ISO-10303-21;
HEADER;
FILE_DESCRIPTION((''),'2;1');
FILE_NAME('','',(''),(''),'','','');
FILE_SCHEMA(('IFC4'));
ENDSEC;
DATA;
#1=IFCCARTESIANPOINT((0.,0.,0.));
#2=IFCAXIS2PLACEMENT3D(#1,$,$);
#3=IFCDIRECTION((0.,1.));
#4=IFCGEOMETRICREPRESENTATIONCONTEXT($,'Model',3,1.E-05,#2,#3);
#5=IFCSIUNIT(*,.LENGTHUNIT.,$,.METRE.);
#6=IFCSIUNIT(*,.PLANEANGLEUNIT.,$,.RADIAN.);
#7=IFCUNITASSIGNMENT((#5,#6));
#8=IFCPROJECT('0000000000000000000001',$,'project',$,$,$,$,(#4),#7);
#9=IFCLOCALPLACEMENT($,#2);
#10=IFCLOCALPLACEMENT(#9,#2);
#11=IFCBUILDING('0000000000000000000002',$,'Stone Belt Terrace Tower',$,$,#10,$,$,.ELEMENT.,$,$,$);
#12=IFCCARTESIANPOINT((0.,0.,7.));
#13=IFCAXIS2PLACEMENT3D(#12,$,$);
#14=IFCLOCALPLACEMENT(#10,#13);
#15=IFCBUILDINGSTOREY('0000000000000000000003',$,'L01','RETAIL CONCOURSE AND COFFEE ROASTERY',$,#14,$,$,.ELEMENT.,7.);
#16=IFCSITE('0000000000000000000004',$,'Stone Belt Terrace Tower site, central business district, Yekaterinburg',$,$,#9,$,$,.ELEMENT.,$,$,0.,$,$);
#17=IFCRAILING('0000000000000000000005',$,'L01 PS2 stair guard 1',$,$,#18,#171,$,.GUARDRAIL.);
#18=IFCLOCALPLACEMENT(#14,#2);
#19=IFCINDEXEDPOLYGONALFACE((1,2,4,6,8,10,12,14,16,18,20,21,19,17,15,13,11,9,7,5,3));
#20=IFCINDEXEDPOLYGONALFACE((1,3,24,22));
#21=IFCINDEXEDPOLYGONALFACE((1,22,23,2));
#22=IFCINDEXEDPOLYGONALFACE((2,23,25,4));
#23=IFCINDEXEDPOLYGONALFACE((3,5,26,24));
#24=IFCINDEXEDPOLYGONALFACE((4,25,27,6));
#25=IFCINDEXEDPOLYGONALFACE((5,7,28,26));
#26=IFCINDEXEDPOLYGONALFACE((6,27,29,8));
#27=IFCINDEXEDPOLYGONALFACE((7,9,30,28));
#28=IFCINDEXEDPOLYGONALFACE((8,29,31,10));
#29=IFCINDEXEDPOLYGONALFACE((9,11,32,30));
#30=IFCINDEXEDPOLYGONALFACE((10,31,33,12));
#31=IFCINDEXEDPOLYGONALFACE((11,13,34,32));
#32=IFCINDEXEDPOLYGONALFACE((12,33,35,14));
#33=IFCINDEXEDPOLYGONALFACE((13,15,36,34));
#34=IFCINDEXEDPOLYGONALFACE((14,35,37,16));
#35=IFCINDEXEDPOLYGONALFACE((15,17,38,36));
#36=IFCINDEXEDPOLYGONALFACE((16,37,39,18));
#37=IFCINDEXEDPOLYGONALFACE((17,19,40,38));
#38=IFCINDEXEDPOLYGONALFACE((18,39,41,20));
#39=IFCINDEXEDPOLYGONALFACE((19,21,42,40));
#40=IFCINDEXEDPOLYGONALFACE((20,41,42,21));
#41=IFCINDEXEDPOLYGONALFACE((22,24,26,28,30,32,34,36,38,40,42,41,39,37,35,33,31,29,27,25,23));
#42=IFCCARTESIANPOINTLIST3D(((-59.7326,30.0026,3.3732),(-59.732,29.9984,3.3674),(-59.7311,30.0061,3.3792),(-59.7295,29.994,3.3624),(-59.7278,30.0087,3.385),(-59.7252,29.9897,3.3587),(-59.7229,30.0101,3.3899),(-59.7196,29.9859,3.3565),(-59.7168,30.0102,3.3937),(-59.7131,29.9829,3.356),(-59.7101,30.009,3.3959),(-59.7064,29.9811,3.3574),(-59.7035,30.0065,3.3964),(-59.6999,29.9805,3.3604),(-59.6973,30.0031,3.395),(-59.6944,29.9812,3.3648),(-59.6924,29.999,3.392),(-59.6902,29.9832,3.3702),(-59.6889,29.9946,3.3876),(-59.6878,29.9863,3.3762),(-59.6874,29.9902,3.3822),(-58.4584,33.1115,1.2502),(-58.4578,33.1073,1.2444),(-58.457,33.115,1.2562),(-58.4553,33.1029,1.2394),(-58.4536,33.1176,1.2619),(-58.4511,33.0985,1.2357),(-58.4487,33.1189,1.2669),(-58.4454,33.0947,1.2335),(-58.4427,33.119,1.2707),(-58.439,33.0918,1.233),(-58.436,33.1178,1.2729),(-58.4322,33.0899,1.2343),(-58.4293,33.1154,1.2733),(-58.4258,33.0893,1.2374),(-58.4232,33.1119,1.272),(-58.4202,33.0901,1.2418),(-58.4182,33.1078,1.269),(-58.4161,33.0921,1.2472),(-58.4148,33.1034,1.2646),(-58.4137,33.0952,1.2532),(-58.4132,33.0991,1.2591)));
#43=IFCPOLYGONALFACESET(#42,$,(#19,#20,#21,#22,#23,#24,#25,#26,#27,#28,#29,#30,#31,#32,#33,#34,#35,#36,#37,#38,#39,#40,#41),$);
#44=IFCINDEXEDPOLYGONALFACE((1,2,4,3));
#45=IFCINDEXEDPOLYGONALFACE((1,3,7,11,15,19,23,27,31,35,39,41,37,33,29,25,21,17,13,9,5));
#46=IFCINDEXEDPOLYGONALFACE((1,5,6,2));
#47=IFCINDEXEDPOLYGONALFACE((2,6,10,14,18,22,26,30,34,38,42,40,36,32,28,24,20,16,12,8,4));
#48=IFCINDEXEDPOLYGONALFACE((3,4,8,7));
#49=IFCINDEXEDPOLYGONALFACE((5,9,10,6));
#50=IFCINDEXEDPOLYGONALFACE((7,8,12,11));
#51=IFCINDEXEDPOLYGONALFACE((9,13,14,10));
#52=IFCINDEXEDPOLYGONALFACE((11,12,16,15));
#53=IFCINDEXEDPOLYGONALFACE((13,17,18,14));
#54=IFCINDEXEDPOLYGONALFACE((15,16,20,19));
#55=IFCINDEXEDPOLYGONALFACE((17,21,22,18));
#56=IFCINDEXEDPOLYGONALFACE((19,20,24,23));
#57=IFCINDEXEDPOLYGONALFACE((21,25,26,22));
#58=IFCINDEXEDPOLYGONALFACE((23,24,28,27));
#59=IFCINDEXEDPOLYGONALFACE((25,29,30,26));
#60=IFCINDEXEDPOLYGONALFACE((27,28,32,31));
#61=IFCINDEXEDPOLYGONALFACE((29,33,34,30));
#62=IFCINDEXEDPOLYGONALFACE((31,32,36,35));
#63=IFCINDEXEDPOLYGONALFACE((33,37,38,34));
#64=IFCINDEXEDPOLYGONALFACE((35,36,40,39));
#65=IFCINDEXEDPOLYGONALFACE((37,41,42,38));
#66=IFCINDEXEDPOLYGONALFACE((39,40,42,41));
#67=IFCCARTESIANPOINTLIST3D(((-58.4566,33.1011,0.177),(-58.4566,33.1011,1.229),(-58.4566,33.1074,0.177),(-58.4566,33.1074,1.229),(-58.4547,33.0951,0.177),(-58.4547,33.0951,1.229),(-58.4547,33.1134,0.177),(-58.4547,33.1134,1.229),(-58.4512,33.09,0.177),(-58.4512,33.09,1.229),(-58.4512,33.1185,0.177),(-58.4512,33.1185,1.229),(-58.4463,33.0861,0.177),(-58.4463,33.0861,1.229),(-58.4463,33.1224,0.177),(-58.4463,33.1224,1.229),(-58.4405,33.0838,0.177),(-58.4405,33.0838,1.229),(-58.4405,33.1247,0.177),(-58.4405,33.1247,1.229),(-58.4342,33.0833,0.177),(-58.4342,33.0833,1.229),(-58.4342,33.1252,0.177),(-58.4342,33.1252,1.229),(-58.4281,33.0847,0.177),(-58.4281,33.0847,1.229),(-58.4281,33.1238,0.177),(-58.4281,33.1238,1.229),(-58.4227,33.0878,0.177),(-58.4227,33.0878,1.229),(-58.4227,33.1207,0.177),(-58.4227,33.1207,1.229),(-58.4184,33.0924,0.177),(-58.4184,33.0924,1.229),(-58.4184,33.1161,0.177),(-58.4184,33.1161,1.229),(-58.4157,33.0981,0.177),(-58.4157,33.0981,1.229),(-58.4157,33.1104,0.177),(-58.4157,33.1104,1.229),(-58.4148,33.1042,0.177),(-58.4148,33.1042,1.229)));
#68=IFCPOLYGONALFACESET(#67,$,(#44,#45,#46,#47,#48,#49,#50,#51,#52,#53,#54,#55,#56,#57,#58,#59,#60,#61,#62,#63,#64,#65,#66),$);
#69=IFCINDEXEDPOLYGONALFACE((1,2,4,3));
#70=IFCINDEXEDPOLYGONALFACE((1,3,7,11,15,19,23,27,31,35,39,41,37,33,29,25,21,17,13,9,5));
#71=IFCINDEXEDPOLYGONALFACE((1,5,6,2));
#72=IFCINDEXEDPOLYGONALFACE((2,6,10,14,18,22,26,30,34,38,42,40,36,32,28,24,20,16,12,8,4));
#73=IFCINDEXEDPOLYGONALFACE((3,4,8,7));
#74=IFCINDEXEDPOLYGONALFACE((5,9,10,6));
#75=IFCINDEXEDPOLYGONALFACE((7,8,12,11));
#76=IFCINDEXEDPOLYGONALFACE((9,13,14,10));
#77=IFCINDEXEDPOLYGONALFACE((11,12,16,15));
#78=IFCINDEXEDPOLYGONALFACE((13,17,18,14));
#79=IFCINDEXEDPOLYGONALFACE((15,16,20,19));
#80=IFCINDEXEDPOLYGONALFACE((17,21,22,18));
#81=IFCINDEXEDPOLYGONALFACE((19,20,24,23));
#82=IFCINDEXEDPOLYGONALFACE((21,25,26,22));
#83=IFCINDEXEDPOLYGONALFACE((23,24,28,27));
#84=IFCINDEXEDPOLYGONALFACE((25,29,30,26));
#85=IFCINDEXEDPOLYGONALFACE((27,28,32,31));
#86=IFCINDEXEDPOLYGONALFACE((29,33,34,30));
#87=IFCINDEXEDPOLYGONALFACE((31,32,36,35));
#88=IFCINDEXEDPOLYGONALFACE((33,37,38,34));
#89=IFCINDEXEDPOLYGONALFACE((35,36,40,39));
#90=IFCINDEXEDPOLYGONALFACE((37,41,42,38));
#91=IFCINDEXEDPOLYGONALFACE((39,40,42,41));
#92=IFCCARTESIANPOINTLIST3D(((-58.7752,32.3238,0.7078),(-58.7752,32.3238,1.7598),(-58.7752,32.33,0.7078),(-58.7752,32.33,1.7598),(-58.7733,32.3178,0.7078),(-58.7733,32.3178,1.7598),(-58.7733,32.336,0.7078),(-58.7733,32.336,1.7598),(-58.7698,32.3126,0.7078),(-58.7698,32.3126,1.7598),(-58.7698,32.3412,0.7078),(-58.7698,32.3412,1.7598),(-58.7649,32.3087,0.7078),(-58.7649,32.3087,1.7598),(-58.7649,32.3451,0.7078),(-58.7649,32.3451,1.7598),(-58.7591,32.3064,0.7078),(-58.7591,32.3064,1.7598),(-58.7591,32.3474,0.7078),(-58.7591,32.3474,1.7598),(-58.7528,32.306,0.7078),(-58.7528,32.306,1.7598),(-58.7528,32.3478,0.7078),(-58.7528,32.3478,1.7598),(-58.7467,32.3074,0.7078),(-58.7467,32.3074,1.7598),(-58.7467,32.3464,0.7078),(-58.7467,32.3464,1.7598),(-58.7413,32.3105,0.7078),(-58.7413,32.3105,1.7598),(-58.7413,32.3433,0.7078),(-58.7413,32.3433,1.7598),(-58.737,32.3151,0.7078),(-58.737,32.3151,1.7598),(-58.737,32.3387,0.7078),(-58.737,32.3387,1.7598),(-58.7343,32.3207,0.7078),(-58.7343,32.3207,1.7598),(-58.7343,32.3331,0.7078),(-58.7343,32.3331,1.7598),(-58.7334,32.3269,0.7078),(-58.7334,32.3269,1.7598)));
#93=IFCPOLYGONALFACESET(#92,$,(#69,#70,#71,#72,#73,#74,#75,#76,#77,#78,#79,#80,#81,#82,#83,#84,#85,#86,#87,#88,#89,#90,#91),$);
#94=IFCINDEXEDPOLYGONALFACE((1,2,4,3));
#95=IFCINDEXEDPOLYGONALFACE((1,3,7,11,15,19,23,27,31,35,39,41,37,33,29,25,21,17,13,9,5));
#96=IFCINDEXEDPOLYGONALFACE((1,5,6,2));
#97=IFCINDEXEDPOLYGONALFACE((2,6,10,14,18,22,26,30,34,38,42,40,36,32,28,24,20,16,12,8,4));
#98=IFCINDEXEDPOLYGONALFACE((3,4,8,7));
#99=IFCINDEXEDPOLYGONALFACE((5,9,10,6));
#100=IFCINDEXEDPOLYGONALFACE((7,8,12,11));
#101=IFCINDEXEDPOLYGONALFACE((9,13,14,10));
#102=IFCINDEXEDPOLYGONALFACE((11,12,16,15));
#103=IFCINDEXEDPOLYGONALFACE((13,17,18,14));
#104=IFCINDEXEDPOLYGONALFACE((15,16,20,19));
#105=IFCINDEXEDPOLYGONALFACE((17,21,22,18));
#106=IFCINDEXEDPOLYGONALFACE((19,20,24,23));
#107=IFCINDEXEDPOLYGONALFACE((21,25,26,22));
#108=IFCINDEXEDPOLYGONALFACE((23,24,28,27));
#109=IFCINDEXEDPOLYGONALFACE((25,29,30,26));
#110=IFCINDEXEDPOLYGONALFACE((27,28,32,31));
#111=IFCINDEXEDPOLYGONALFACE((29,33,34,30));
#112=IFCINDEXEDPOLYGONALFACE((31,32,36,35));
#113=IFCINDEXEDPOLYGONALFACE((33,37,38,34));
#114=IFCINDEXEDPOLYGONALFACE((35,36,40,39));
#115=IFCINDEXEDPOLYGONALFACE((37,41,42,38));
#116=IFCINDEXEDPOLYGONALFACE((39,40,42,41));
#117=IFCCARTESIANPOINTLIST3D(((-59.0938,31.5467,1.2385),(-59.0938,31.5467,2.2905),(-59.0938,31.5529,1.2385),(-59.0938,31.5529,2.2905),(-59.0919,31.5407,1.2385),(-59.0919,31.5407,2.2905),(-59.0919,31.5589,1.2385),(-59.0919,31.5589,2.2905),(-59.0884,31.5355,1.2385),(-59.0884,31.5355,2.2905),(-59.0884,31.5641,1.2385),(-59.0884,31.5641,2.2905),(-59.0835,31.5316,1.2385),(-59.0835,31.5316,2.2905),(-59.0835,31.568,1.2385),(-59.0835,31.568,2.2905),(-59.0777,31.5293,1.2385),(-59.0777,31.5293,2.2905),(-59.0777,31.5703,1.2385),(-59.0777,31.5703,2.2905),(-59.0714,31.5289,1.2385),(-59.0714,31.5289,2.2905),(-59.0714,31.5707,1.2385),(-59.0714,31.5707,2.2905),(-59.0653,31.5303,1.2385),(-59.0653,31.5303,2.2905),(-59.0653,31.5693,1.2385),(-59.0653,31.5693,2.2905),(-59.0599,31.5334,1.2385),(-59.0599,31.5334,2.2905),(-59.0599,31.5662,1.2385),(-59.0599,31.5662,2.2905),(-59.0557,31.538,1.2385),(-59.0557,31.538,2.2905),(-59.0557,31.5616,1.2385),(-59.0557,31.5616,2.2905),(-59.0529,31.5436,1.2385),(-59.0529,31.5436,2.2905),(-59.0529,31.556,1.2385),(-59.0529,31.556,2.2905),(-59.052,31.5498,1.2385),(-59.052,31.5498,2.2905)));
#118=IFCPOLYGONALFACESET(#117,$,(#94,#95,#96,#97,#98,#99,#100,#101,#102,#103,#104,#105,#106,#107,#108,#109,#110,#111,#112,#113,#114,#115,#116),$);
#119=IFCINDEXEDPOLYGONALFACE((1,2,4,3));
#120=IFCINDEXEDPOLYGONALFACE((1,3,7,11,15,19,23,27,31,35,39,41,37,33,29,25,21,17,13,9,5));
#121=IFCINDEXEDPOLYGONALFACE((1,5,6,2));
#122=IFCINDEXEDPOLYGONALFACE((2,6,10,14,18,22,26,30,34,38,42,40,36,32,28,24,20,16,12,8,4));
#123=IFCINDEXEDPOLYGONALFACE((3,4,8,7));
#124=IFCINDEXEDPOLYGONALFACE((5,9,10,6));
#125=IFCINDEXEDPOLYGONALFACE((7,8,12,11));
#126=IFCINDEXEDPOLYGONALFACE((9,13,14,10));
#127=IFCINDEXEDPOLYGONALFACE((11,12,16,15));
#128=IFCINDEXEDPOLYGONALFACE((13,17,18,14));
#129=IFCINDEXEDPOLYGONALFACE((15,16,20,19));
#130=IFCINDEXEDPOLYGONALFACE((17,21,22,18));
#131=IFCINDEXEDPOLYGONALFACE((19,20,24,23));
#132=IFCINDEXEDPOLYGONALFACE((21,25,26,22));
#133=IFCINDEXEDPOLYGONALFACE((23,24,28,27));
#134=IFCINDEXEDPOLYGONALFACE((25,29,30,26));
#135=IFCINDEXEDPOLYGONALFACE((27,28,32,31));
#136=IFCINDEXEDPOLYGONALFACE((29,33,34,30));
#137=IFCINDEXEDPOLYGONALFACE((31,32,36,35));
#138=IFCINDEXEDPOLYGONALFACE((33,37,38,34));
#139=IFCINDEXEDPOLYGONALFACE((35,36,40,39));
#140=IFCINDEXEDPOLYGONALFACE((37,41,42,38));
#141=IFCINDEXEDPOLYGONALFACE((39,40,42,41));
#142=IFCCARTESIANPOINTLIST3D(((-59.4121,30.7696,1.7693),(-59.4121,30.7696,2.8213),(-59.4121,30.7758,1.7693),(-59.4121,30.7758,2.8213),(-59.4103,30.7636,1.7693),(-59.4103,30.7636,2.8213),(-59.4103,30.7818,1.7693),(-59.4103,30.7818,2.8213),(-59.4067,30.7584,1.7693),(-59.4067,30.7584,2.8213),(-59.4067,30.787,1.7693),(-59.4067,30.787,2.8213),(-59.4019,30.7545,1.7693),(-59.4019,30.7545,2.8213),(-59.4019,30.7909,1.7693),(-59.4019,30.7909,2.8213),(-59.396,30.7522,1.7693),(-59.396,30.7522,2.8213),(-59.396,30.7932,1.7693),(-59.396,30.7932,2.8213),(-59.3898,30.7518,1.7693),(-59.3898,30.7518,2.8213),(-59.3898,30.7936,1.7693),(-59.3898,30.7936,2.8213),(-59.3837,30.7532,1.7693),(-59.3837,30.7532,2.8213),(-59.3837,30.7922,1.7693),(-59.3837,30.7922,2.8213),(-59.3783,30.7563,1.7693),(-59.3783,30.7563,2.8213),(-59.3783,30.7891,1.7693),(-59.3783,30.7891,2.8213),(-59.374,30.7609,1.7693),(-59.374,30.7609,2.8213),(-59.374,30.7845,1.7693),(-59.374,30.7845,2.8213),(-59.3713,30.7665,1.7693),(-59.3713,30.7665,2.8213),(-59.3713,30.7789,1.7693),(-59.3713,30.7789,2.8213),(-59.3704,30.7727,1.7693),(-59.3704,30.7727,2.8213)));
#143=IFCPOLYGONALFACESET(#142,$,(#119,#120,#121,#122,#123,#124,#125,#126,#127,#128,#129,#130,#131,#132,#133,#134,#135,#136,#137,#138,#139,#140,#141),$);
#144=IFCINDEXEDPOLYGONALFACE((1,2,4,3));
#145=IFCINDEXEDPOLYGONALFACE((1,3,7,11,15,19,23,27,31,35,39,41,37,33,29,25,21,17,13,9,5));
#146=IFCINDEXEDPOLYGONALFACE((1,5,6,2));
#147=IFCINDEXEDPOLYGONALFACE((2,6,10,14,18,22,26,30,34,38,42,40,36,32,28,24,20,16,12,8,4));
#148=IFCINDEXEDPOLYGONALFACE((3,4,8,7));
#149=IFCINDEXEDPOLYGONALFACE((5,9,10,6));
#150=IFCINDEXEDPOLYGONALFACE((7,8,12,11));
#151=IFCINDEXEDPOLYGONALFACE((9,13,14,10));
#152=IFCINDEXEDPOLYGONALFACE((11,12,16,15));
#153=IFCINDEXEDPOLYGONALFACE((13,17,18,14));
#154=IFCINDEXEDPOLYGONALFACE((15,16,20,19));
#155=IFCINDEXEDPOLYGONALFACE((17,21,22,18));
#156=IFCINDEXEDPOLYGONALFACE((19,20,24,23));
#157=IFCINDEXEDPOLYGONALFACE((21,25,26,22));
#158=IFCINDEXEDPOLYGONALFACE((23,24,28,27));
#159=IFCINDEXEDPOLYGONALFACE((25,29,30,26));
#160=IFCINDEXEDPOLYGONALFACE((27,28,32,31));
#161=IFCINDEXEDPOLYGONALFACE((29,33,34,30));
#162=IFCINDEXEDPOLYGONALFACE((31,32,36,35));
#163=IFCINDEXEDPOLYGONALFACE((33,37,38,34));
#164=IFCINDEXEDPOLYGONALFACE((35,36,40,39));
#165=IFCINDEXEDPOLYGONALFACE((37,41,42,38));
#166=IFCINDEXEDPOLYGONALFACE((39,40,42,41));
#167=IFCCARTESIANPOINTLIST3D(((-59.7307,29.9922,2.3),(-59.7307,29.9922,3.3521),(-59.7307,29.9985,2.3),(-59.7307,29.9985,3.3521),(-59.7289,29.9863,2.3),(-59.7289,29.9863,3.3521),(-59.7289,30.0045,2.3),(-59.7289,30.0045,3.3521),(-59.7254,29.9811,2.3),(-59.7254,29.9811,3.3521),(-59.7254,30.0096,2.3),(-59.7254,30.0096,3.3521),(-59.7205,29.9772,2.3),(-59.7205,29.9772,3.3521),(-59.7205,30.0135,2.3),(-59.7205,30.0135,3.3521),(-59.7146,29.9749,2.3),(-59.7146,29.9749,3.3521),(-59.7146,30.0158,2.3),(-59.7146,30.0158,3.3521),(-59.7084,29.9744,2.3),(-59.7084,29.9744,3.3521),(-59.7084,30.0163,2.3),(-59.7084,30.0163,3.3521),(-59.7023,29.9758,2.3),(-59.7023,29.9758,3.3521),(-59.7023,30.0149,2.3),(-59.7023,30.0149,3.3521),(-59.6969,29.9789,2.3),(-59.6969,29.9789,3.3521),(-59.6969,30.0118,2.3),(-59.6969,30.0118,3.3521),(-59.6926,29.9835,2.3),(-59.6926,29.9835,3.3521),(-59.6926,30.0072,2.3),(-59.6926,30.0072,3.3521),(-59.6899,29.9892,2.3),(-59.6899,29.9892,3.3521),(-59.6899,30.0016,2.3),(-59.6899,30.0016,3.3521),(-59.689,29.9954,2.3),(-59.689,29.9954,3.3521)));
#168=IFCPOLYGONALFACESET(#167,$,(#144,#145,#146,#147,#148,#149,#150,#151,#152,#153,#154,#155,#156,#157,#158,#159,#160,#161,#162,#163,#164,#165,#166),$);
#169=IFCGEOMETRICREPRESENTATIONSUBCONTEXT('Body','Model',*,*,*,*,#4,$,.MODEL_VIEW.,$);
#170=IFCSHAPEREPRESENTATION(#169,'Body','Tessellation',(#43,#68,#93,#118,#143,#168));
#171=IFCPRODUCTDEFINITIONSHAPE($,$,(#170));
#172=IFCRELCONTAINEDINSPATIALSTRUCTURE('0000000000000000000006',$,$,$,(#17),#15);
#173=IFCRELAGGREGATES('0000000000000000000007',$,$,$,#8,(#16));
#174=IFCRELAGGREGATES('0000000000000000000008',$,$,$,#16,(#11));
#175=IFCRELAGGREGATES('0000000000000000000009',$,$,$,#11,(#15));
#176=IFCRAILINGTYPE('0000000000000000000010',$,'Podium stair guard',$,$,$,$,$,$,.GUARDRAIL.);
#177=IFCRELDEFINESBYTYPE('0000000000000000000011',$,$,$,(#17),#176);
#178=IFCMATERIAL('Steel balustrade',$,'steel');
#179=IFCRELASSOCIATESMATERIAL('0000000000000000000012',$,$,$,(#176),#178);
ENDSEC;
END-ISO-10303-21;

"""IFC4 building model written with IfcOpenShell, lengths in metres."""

from ifc_helpers import new_model, si_unit, direction, frame, origin, origin_2d, place, context, subcontext, project, spatial, circle, extrude, material, type_object, element, save


model = new_model("IFC4")

# Units and contexts
model_context = context("Model", 3, precision=1e-05, world=origin(), true_north=direction((0.0, 1.0)))
body_context = subcontext(model_context, "Body", "Model", "MODEL_VIEW")
ifc_project = project(units=[si_unit("LENGTHUNIT", "METRE"), si_unit("PLANEANGLEUNIT", "RADIAN")], contexts=[model_context])

# Site, building, storey
site_placement = place(None, origin())
site = spatial("IfcSite", under=ifc_project, at=site_placement, Name="Stone Belt Terrace Tower site, central business district, Yekaterinburg", CompositionType="ELEMENT", RefElevation=0.0)
building_placement = place(site_placement, origin())
building = spatial("IfcBuilding", under=site, at=building_placement, Name="Stone Belt Terrace Tower", CompositionType="ELEMENT")
storey_placement = place(building_placement, frame((0.0, 0.0, 7.0)))
storey = spatial("IfcBuildingStorey", under=building, at=storey_placement, Name="L01", Description="RETAIL CONCOURSE AND COFFEE ROASTERY", CompositionType="ELEMENT", Elevation=7.0)

# Railing
ifc_material_1 = material(Name="Steel balustrade", Category="steel")
railing_type_1 = type_object("IfcRailingType", Name="Podium stair guard", PredefinedType="GUARDRAIL", material=ifc_material_1)
railing_1_placement = place(storey_placement, frame((-58.4358, 33.1042, 0.177)))
element("IfcRailing", 1, at=railing_1_placement, inside=storey, type_object=railing_type_1, Name="L01 PS2 stair guard 1", PredefinedType="GUARDRAIL", context=body_context, shape_type="SweptSolid", body=[
    extrude(circle(Radius=0.0239, at=origin_2d()), frame((0.0, 0.0, 1.0762), z_axis=(-0.320593, -0.782224, 0.534178), x_axis=(0.925301, -0.379233, 0.0)), (0.0, 0.0, 1.0), 3.9744),
    extrude(circle(Radius=0.021, at=origin_2d()), origin(), (0.0, 0.0, 1.0), 1.052),
    extrude(circle(Radius=0.021, at=origin_2d()), frame((-0.3186, -0.7773, 0.5308)), (0.0, 0.0, 1.0), 1.052),
    extrude(circle(Radius=0.021, at=origin_2d()), frame((-0.6372, -1.5544, 1.0615)), (0.0, 0.0, 1.0), 1.052),
    extrude(circle(Radius=0.021, at=origin_2d()), frame((-0.9556, -2.3315, 1.5923)), (0.0, 0.0, 1.0), 1.052),
    extrude(circle(Radius=0.021, at=origin_2d()), frame((-1.2742, -3.1089, 2.123)), (0.0, 0.0, 1.0), 1.052),
])

save(model, "model.ifc")
